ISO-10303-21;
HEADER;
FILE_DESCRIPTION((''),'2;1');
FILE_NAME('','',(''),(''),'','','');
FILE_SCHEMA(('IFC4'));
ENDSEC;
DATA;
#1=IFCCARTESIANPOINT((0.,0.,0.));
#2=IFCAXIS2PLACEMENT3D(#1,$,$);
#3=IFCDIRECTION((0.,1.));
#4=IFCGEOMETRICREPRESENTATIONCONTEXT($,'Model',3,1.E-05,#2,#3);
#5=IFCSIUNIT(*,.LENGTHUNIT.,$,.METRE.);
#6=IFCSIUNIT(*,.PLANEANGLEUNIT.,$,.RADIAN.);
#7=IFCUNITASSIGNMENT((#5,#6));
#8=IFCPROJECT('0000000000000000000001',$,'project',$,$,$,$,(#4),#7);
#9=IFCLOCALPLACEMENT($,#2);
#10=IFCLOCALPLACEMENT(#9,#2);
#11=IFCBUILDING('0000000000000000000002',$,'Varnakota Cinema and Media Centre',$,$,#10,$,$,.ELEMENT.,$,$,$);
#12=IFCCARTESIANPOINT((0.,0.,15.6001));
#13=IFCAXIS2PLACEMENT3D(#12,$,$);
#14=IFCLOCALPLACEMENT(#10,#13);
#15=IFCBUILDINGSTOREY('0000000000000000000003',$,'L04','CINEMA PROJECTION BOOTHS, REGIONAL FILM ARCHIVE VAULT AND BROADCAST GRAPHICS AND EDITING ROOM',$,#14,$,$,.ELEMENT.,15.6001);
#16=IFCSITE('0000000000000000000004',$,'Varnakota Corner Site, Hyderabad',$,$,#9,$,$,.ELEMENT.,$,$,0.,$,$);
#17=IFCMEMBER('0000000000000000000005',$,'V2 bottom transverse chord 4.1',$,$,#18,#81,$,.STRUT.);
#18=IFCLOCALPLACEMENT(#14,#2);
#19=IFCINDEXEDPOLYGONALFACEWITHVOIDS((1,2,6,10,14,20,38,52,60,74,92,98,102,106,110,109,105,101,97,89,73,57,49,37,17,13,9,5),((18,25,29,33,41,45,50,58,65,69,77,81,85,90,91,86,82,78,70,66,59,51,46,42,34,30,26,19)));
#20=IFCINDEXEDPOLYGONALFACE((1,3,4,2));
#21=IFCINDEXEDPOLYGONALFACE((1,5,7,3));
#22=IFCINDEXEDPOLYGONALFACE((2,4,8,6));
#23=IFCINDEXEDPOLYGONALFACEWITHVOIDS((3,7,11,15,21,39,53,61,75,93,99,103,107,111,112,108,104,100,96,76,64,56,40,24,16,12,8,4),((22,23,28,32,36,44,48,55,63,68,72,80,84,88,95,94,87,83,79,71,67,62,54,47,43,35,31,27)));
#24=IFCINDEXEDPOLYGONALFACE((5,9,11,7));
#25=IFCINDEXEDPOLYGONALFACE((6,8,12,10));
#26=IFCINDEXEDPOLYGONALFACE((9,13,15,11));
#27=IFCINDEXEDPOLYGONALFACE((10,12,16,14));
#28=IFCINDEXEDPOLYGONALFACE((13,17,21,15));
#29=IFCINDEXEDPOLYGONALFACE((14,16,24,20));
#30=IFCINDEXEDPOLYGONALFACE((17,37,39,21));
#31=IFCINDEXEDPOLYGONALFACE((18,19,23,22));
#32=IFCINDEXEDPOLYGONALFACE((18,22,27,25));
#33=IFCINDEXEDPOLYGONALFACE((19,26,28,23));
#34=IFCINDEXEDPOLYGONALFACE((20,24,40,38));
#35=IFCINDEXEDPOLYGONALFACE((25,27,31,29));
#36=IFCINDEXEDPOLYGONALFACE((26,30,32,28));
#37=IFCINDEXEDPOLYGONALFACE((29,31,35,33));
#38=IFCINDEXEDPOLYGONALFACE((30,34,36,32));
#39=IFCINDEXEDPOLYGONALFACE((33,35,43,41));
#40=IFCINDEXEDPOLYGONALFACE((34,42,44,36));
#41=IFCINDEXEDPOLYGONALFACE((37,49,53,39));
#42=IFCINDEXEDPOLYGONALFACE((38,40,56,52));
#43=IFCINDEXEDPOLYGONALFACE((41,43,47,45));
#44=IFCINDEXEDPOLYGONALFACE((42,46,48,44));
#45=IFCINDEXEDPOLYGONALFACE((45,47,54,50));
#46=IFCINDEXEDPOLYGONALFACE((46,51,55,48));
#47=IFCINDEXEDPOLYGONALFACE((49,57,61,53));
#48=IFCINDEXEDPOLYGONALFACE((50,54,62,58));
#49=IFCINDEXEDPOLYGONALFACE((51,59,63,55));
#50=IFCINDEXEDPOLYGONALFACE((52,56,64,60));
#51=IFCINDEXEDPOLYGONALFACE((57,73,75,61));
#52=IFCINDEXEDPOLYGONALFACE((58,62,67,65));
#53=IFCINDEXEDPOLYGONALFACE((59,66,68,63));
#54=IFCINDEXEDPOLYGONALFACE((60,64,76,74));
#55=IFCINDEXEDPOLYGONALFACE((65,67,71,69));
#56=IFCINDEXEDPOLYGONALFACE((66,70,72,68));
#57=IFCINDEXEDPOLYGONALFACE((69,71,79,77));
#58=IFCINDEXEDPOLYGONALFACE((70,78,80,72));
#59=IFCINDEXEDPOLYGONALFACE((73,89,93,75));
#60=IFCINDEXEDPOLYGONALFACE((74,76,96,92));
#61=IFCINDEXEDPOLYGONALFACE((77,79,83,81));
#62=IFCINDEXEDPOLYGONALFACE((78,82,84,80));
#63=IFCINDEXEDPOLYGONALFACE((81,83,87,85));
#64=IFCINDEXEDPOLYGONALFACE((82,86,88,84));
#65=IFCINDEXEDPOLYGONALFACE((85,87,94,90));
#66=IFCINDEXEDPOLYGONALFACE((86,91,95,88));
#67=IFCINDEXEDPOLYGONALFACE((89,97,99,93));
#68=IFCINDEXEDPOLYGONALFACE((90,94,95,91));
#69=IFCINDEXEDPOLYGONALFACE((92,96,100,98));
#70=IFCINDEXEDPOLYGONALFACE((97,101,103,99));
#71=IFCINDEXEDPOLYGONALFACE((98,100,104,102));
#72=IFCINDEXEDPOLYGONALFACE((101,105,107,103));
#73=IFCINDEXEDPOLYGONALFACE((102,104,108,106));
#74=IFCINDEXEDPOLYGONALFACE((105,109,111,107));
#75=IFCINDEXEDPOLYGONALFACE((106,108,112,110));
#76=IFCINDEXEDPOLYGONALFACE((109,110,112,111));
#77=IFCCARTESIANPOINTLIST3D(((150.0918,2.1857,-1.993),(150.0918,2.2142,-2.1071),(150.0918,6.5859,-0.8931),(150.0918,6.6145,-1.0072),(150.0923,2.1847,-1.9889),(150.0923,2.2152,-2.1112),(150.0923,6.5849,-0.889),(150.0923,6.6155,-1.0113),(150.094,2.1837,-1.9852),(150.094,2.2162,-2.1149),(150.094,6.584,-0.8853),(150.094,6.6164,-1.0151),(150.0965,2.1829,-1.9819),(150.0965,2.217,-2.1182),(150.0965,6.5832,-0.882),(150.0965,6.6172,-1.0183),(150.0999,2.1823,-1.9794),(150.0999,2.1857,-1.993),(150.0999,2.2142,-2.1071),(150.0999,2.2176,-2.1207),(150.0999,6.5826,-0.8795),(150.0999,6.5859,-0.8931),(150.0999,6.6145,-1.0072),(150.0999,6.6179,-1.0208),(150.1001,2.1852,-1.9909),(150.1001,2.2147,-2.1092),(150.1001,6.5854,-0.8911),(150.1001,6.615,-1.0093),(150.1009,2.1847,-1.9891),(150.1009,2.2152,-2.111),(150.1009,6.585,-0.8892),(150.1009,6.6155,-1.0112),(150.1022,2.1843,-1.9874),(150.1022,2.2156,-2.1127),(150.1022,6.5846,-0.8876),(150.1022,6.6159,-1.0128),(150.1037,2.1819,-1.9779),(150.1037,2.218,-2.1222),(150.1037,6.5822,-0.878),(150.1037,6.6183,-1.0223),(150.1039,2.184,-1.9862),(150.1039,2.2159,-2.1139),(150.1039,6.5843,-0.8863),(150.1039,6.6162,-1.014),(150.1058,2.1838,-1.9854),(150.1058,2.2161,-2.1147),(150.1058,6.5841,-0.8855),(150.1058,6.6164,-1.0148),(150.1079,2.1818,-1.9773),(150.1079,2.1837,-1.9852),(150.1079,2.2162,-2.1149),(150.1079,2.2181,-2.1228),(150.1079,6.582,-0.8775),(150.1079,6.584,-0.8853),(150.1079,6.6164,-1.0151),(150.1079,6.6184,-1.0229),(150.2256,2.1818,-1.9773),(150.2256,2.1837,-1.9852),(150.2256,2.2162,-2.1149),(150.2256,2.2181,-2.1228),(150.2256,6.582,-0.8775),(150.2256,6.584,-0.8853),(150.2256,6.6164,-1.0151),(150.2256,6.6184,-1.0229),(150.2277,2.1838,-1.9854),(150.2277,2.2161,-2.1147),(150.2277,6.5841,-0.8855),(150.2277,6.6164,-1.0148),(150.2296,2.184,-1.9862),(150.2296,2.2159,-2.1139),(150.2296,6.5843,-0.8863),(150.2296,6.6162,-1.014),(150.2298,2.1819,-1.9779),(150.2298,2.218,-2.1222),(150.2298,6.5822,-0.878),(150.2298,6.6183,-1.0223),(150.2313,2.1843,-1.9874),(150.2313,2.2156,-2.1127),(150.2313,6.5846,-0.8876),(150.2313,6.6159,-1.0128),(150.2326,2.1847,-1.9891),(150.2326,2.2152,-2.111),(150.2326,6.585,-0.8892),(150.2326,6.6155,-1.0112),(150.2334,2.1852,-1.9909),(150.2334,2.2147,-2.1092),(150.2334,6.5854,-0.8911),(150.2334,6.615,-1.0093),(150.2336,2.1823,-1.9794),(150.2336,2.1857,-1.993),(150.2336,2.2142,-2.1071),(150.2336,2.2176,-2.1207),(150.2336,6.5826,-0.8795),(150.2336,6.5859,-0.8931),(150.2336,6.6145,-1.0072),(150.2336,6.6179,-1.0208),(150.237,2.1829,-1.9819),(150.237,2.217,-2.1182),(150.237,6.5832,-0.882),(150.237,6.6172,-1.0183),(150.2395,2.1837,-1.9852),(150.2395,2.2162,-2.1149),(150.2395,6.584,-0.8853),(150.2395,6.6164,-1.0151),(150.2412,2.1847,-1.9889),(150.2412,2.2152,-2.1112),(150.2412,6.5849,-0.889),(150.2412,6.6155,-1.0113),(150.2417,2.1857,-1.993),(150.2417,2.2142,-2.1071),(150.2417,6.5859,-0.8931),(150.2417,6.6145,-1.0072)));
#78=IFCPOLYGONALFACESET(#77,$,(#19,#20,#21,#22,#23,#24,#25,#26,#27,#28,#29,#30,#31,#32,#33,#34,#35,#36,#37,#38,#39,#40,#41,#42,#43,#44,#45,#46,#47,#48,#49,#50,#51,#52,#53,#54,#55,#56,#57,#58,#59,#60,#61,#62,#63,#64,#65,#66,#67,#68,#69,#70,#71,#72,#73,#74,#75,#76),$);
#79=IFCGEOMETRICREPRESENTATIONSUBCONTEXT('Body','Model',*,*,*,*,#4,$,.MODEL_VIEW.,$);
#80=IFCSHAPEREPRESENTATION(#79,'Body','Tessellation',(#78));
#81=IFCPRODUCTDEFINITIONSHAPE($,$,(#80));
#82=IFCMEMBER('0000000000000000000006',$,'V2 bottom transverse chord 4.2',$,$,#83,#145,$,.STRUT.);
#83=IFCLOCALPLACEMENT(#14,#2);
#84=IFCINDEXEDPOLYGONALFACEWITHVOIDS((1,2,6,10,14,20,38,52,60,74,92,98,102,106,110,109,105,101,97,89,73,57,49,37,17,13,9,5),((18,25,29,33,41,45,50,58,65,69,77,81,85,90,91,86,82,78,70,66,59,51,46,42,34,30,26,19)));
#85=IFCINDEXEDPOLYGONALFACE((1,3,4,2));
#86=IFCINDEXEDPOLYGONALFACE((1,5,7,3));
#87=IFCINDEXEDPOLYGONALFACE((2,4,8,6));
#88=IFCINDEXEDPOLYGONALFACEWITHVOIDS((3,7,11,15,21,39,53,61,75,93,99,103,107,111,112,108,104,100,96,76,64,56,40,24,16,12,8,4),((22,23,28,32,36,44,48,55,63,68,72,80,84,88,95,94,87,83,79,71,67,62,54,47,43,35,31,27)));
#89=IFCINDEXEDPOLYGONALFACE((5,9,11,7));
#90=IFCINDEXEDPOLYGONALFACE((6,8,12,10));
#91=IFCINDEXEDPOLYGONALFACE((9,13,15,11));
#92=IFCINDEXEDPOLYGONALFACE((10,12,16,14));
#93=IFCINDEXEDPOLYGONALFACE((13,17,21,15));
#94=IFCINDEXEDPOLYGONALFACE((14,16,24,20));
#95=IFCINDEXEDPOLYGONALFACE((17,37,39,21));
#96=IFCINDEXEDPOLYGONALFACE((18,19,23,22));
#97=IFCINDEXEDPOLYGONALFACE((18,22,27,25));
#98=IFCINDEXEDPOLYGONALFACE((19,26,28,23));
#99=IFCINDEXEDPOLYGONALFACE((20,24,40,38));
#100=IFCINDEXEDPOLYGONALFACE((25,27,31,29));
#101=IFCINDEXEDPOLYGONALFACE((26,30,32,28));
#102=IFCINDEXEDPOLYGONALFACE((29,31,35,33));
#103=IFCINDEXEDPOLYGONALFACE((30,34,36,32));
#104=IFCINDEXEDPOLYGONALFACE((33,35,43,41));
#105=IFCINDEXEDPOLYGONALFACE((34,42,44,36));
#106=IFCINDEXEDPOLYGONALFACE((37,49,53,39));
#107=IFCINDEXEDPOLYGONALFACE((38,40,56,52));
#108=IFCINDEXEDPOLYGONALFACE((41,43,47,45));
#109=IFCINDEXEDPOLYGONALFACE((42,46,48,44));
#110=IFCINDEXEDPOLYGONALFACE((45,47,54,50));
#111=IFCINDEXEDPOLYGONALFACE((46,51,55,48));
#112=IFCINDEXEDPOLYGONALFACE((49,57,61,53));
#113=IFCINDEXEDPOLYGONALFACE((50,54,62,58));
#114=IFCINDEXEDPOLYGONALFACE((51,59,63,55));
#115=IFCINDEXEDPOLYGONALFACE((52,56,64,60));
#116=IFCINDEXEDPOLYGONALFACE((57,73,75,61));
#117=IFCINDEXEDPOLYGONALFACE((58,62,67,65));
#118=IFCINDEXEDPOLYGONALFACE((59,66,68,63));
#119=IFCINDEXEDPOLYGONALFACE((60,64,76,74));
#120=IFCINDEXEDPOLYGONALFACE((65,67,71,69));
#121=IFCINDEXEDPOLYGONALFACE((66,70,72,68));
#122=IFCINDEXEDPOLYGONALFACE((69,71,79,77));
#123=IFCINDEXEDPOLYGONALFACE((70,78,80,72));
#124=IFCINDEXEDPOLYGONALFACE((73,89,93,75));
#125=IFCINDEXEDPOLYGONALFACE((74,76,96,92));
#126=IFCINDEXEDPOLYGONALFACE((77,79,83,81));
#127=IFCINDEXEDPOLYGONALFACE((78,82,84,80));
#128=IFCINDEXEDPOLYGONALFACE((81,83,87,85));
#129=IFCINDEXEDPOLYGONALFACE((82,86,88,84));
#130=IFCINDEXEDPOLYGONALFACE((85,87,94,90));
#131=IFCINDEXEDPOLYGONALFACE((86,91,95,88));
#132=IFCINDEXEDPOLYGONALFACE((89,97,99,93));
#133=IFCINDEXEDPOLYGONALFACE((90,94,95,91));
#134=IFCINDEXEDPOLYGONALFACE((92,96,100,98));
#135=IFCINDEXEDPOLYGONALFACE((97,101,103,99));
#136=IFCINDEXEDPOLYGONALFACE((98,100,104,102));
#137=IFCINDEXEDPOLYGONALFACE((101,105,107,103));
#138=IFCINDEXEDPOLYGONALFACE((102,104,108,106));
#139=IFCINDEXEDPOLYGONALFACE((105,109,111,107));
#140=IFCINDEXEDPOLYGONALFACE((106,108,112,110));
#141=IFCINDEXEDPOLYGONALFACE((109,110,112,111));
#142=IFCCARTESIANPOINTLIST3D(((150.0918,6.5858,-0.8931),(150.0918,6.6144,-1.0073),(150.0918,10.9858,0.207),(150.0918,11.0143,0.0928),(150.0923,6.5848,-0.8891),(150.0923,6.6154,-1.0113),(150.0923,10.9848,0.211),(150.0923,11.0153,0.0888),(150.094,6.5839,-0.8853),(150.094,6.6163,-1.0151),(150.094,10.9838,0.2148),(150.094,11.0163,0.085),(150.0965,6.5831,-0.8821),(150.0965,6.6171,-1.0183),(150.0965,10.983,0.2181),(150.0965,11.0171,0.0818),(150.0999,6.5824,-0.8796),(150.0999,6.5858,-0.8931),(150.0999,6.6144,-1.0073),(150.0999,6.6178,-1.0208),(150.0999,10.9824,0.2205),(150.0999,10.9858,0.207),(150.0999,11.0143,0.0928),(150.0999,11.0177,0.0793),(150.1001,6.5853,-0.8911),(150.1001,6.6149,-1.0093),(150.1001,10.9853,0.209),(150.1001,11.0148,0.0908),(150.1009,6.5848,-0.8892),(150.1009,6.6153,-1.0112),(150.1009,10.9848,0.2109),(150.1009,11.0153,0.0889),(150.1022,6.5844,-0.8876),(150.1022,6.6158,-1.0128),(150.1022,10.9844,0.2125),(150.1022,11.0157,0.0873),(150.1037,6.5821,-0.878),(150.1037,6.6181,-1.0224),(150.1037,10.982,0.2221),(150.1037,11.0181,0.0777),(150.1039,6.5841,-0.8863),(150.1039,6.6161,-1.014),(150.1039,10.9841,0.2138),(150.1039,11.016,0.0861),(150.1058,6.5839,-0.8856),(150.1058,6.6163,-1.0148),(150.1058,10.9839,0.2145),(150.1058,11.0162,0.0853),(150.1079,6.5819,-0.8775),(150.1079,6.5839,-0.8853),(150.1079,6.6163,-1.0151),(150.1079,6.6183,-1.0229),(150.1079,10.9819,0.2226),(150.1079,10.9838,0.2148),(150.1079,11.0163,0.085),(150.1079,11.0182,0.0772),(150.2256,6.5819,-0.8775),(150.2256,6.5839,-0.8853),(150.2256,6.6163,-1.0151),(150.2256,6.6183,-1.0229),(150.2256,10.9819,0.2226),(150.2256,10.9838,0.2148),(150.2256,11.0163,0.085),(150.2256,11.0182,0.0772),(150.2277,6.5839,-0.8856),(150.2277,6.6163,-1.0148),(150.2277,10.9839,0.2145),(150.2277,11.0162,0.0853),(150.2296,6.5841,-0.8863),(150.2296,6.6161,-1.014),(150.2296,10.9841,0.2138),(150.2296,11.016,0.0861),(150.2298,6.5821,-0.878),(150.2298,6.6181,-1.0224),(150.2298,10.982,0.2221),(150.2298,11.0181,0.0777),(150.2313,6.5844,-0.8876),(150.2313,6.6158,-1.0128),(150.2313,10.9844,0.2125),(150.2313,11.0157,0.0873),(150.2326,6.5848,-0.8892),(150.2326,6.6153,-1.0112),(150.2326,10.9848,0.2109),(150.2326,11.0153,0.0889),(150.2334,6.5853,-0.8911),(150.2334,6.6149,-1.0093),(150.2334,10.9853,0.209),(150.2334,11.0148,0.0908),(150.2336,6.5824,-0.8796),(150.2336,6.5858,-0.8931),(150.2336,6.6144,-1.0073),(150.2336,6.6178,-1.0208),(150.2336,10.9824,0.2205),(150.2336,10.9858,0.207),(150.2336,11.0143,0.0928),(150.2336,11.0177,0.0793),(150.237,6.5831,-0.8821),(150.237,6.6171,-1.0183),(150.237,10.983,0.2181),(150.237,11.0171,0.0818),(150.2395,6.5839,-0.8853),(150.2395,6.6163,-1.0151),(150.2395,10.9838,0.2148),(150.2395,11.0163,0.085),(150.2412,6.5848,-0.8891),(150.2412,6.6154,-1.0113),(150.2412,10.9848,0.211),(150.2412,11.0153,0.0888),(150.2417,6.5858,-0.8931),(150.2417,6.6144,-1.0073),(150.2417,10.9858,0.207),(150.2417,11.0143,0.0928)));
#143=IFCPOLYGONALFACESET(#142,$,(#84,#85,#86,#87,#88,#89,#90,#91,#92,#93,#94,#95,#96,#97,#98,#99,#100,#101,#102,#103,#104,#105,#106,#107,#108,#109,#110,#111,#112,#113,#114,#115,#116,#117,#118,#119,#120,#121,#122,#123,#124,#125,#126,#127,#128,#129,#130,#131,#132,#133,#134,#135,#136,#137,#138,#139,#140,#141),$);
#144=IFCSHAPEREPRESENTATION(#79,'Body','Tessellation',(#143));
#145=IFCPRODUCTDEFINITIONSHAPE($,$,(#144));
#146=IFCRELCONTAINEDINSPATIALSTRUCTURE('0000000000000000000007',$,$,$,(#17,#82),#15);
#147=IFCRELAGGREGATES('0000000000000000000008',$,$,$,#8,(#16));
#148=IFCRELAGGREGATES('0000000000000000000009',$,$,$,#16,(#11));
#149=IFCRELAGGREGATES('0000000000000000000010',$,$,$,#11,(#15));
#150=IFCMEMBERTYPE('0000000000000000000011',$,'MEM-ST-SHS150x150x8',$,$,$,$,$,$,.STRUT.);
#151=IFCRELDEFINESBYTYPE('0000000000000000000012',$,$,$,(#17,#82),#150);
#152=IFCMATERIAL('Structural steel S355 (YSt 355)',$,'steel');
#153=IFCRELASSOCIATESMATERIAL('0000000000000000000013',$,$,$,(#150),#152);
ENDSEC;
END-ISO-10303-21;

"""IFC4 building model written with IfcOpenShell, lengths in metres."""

from ifc_helpers import new_model, si_unit, direction, frame, origin, origin_2d, place, context, subcontext, project, spatial, hollow_rectangle, extrude, material, material_profile, profile_set, type_object, element, save


model = new_model("IFC4")

# Units and contexts
model_context = context("Model", 3, precision=1e-05, world=origin(), true_north=direction((0.0, 1.0)))
body_context = subcontext(model_context, "Body", "Model", "MODEL_VIEW")
ifc_project = project(units=[si_unit("LENGTHUNIT", "METRE"), si_unit("PLANEANGLEUNIT", "RADIAN")], contexts=[model_context])

# Site, building, storey
site_placement = place(None, origin())
site = spatial("IfcSite", under=ifc_project, at=site_placement, Name="Varnakota Corner Site, Hyderabad", CompositionType="ELEMENT", RefElevation=0.0)
building_placement = place(site_placement, origin())
building = spatial("IfcBuilding", under=site, at=building_placement, Name="Varnakota Cinema and Media Centre", CompositionType="ELEMENT")
storey_placement = place(building_placement, frame((0.0, 0.0, 15.6001)))
storey = spatial("IfcBuildingStorey", under=building, at=storey_placement, Name="L04", Description="CINEMA PROJECTION BOOTHS, REGIONAL FILM ARCHIVE VAULT AND BROADCAST GRAPHICS AND EDITING ROOM", CompositionType="ELEMENT", Elevation=15.6001)

# Members
ifc_material_1 = material(Name="Structural steel S355 (YSt 355)", Category="steel")
ifc_material_profile_1 = material_profile(ifc_material_1, hollow_rectangle(XDim=0.1499, YDim=0.1499, WallThickness=0.0081, InnerFilletRadius=0.0081, OuterFilletRadius=0.0161, at=origin_2d()), Name="SHS 150x150x8")
ifc_profile_set_1 = profile_set([ifc_material_profile_1], Name="Structural steel S355 (YSt 355)")
member_type_1 = type_object("IfcMemberType", Name="MEM-ST-SHS150x150x8", PredefinedType="STRUT", material=ifc_profile_set_1)
member_1_placement = place(storey_placement, frame((150.1667, 2.2, -2.05), z_axis=(0.0, 0.970152, 0.242498), x_axis=(-1.0, 0.0, 0.0)))
element("IfcMember", 1, at=member_1_placement, inside=storey, type_object=member_type_1, Name="V2 bottom transverse chord 4.1", PredefinedType="STRUT", context=body_context, shape_type="SweptSolid", body=[
    extrude(hollow_rectangle(XDim=0.1499, YDim=0.1499, WallThickness=0.0081, InnerFilletRadius=0.0081, OuterFilletRadius=0.0161, at=origin_2d()), origin(), (0.0, 0.0, 1.0), 4.5356),
])
member_2_placement = place(storey_placement, frame((150.1667, 6.6001, -0.9502), z_axis=(0.0, 0.970136, 0.242561), x_axis=(-1.0, 0.0, 0.0)))
element("IfcMember", 2, at=member_2_placement, inside=storey, type_object=member_type_1, Name="V2 bottom transverse chord 4.2", PredefinedType="STRUT", context=body_context, shape_type="SweptSolid", body=[
    extrude(hollow_rectangle(XDim=0.1499, YDim=0.1499, WallThickness=0.0081, InnerFilletRadius=0.0081, OuterFilletRadius=0.0161, at=origin_2d()), origin(), (0.0, 0.0, 1.0), 4.5354),
])

save(model, "model.ifc")
